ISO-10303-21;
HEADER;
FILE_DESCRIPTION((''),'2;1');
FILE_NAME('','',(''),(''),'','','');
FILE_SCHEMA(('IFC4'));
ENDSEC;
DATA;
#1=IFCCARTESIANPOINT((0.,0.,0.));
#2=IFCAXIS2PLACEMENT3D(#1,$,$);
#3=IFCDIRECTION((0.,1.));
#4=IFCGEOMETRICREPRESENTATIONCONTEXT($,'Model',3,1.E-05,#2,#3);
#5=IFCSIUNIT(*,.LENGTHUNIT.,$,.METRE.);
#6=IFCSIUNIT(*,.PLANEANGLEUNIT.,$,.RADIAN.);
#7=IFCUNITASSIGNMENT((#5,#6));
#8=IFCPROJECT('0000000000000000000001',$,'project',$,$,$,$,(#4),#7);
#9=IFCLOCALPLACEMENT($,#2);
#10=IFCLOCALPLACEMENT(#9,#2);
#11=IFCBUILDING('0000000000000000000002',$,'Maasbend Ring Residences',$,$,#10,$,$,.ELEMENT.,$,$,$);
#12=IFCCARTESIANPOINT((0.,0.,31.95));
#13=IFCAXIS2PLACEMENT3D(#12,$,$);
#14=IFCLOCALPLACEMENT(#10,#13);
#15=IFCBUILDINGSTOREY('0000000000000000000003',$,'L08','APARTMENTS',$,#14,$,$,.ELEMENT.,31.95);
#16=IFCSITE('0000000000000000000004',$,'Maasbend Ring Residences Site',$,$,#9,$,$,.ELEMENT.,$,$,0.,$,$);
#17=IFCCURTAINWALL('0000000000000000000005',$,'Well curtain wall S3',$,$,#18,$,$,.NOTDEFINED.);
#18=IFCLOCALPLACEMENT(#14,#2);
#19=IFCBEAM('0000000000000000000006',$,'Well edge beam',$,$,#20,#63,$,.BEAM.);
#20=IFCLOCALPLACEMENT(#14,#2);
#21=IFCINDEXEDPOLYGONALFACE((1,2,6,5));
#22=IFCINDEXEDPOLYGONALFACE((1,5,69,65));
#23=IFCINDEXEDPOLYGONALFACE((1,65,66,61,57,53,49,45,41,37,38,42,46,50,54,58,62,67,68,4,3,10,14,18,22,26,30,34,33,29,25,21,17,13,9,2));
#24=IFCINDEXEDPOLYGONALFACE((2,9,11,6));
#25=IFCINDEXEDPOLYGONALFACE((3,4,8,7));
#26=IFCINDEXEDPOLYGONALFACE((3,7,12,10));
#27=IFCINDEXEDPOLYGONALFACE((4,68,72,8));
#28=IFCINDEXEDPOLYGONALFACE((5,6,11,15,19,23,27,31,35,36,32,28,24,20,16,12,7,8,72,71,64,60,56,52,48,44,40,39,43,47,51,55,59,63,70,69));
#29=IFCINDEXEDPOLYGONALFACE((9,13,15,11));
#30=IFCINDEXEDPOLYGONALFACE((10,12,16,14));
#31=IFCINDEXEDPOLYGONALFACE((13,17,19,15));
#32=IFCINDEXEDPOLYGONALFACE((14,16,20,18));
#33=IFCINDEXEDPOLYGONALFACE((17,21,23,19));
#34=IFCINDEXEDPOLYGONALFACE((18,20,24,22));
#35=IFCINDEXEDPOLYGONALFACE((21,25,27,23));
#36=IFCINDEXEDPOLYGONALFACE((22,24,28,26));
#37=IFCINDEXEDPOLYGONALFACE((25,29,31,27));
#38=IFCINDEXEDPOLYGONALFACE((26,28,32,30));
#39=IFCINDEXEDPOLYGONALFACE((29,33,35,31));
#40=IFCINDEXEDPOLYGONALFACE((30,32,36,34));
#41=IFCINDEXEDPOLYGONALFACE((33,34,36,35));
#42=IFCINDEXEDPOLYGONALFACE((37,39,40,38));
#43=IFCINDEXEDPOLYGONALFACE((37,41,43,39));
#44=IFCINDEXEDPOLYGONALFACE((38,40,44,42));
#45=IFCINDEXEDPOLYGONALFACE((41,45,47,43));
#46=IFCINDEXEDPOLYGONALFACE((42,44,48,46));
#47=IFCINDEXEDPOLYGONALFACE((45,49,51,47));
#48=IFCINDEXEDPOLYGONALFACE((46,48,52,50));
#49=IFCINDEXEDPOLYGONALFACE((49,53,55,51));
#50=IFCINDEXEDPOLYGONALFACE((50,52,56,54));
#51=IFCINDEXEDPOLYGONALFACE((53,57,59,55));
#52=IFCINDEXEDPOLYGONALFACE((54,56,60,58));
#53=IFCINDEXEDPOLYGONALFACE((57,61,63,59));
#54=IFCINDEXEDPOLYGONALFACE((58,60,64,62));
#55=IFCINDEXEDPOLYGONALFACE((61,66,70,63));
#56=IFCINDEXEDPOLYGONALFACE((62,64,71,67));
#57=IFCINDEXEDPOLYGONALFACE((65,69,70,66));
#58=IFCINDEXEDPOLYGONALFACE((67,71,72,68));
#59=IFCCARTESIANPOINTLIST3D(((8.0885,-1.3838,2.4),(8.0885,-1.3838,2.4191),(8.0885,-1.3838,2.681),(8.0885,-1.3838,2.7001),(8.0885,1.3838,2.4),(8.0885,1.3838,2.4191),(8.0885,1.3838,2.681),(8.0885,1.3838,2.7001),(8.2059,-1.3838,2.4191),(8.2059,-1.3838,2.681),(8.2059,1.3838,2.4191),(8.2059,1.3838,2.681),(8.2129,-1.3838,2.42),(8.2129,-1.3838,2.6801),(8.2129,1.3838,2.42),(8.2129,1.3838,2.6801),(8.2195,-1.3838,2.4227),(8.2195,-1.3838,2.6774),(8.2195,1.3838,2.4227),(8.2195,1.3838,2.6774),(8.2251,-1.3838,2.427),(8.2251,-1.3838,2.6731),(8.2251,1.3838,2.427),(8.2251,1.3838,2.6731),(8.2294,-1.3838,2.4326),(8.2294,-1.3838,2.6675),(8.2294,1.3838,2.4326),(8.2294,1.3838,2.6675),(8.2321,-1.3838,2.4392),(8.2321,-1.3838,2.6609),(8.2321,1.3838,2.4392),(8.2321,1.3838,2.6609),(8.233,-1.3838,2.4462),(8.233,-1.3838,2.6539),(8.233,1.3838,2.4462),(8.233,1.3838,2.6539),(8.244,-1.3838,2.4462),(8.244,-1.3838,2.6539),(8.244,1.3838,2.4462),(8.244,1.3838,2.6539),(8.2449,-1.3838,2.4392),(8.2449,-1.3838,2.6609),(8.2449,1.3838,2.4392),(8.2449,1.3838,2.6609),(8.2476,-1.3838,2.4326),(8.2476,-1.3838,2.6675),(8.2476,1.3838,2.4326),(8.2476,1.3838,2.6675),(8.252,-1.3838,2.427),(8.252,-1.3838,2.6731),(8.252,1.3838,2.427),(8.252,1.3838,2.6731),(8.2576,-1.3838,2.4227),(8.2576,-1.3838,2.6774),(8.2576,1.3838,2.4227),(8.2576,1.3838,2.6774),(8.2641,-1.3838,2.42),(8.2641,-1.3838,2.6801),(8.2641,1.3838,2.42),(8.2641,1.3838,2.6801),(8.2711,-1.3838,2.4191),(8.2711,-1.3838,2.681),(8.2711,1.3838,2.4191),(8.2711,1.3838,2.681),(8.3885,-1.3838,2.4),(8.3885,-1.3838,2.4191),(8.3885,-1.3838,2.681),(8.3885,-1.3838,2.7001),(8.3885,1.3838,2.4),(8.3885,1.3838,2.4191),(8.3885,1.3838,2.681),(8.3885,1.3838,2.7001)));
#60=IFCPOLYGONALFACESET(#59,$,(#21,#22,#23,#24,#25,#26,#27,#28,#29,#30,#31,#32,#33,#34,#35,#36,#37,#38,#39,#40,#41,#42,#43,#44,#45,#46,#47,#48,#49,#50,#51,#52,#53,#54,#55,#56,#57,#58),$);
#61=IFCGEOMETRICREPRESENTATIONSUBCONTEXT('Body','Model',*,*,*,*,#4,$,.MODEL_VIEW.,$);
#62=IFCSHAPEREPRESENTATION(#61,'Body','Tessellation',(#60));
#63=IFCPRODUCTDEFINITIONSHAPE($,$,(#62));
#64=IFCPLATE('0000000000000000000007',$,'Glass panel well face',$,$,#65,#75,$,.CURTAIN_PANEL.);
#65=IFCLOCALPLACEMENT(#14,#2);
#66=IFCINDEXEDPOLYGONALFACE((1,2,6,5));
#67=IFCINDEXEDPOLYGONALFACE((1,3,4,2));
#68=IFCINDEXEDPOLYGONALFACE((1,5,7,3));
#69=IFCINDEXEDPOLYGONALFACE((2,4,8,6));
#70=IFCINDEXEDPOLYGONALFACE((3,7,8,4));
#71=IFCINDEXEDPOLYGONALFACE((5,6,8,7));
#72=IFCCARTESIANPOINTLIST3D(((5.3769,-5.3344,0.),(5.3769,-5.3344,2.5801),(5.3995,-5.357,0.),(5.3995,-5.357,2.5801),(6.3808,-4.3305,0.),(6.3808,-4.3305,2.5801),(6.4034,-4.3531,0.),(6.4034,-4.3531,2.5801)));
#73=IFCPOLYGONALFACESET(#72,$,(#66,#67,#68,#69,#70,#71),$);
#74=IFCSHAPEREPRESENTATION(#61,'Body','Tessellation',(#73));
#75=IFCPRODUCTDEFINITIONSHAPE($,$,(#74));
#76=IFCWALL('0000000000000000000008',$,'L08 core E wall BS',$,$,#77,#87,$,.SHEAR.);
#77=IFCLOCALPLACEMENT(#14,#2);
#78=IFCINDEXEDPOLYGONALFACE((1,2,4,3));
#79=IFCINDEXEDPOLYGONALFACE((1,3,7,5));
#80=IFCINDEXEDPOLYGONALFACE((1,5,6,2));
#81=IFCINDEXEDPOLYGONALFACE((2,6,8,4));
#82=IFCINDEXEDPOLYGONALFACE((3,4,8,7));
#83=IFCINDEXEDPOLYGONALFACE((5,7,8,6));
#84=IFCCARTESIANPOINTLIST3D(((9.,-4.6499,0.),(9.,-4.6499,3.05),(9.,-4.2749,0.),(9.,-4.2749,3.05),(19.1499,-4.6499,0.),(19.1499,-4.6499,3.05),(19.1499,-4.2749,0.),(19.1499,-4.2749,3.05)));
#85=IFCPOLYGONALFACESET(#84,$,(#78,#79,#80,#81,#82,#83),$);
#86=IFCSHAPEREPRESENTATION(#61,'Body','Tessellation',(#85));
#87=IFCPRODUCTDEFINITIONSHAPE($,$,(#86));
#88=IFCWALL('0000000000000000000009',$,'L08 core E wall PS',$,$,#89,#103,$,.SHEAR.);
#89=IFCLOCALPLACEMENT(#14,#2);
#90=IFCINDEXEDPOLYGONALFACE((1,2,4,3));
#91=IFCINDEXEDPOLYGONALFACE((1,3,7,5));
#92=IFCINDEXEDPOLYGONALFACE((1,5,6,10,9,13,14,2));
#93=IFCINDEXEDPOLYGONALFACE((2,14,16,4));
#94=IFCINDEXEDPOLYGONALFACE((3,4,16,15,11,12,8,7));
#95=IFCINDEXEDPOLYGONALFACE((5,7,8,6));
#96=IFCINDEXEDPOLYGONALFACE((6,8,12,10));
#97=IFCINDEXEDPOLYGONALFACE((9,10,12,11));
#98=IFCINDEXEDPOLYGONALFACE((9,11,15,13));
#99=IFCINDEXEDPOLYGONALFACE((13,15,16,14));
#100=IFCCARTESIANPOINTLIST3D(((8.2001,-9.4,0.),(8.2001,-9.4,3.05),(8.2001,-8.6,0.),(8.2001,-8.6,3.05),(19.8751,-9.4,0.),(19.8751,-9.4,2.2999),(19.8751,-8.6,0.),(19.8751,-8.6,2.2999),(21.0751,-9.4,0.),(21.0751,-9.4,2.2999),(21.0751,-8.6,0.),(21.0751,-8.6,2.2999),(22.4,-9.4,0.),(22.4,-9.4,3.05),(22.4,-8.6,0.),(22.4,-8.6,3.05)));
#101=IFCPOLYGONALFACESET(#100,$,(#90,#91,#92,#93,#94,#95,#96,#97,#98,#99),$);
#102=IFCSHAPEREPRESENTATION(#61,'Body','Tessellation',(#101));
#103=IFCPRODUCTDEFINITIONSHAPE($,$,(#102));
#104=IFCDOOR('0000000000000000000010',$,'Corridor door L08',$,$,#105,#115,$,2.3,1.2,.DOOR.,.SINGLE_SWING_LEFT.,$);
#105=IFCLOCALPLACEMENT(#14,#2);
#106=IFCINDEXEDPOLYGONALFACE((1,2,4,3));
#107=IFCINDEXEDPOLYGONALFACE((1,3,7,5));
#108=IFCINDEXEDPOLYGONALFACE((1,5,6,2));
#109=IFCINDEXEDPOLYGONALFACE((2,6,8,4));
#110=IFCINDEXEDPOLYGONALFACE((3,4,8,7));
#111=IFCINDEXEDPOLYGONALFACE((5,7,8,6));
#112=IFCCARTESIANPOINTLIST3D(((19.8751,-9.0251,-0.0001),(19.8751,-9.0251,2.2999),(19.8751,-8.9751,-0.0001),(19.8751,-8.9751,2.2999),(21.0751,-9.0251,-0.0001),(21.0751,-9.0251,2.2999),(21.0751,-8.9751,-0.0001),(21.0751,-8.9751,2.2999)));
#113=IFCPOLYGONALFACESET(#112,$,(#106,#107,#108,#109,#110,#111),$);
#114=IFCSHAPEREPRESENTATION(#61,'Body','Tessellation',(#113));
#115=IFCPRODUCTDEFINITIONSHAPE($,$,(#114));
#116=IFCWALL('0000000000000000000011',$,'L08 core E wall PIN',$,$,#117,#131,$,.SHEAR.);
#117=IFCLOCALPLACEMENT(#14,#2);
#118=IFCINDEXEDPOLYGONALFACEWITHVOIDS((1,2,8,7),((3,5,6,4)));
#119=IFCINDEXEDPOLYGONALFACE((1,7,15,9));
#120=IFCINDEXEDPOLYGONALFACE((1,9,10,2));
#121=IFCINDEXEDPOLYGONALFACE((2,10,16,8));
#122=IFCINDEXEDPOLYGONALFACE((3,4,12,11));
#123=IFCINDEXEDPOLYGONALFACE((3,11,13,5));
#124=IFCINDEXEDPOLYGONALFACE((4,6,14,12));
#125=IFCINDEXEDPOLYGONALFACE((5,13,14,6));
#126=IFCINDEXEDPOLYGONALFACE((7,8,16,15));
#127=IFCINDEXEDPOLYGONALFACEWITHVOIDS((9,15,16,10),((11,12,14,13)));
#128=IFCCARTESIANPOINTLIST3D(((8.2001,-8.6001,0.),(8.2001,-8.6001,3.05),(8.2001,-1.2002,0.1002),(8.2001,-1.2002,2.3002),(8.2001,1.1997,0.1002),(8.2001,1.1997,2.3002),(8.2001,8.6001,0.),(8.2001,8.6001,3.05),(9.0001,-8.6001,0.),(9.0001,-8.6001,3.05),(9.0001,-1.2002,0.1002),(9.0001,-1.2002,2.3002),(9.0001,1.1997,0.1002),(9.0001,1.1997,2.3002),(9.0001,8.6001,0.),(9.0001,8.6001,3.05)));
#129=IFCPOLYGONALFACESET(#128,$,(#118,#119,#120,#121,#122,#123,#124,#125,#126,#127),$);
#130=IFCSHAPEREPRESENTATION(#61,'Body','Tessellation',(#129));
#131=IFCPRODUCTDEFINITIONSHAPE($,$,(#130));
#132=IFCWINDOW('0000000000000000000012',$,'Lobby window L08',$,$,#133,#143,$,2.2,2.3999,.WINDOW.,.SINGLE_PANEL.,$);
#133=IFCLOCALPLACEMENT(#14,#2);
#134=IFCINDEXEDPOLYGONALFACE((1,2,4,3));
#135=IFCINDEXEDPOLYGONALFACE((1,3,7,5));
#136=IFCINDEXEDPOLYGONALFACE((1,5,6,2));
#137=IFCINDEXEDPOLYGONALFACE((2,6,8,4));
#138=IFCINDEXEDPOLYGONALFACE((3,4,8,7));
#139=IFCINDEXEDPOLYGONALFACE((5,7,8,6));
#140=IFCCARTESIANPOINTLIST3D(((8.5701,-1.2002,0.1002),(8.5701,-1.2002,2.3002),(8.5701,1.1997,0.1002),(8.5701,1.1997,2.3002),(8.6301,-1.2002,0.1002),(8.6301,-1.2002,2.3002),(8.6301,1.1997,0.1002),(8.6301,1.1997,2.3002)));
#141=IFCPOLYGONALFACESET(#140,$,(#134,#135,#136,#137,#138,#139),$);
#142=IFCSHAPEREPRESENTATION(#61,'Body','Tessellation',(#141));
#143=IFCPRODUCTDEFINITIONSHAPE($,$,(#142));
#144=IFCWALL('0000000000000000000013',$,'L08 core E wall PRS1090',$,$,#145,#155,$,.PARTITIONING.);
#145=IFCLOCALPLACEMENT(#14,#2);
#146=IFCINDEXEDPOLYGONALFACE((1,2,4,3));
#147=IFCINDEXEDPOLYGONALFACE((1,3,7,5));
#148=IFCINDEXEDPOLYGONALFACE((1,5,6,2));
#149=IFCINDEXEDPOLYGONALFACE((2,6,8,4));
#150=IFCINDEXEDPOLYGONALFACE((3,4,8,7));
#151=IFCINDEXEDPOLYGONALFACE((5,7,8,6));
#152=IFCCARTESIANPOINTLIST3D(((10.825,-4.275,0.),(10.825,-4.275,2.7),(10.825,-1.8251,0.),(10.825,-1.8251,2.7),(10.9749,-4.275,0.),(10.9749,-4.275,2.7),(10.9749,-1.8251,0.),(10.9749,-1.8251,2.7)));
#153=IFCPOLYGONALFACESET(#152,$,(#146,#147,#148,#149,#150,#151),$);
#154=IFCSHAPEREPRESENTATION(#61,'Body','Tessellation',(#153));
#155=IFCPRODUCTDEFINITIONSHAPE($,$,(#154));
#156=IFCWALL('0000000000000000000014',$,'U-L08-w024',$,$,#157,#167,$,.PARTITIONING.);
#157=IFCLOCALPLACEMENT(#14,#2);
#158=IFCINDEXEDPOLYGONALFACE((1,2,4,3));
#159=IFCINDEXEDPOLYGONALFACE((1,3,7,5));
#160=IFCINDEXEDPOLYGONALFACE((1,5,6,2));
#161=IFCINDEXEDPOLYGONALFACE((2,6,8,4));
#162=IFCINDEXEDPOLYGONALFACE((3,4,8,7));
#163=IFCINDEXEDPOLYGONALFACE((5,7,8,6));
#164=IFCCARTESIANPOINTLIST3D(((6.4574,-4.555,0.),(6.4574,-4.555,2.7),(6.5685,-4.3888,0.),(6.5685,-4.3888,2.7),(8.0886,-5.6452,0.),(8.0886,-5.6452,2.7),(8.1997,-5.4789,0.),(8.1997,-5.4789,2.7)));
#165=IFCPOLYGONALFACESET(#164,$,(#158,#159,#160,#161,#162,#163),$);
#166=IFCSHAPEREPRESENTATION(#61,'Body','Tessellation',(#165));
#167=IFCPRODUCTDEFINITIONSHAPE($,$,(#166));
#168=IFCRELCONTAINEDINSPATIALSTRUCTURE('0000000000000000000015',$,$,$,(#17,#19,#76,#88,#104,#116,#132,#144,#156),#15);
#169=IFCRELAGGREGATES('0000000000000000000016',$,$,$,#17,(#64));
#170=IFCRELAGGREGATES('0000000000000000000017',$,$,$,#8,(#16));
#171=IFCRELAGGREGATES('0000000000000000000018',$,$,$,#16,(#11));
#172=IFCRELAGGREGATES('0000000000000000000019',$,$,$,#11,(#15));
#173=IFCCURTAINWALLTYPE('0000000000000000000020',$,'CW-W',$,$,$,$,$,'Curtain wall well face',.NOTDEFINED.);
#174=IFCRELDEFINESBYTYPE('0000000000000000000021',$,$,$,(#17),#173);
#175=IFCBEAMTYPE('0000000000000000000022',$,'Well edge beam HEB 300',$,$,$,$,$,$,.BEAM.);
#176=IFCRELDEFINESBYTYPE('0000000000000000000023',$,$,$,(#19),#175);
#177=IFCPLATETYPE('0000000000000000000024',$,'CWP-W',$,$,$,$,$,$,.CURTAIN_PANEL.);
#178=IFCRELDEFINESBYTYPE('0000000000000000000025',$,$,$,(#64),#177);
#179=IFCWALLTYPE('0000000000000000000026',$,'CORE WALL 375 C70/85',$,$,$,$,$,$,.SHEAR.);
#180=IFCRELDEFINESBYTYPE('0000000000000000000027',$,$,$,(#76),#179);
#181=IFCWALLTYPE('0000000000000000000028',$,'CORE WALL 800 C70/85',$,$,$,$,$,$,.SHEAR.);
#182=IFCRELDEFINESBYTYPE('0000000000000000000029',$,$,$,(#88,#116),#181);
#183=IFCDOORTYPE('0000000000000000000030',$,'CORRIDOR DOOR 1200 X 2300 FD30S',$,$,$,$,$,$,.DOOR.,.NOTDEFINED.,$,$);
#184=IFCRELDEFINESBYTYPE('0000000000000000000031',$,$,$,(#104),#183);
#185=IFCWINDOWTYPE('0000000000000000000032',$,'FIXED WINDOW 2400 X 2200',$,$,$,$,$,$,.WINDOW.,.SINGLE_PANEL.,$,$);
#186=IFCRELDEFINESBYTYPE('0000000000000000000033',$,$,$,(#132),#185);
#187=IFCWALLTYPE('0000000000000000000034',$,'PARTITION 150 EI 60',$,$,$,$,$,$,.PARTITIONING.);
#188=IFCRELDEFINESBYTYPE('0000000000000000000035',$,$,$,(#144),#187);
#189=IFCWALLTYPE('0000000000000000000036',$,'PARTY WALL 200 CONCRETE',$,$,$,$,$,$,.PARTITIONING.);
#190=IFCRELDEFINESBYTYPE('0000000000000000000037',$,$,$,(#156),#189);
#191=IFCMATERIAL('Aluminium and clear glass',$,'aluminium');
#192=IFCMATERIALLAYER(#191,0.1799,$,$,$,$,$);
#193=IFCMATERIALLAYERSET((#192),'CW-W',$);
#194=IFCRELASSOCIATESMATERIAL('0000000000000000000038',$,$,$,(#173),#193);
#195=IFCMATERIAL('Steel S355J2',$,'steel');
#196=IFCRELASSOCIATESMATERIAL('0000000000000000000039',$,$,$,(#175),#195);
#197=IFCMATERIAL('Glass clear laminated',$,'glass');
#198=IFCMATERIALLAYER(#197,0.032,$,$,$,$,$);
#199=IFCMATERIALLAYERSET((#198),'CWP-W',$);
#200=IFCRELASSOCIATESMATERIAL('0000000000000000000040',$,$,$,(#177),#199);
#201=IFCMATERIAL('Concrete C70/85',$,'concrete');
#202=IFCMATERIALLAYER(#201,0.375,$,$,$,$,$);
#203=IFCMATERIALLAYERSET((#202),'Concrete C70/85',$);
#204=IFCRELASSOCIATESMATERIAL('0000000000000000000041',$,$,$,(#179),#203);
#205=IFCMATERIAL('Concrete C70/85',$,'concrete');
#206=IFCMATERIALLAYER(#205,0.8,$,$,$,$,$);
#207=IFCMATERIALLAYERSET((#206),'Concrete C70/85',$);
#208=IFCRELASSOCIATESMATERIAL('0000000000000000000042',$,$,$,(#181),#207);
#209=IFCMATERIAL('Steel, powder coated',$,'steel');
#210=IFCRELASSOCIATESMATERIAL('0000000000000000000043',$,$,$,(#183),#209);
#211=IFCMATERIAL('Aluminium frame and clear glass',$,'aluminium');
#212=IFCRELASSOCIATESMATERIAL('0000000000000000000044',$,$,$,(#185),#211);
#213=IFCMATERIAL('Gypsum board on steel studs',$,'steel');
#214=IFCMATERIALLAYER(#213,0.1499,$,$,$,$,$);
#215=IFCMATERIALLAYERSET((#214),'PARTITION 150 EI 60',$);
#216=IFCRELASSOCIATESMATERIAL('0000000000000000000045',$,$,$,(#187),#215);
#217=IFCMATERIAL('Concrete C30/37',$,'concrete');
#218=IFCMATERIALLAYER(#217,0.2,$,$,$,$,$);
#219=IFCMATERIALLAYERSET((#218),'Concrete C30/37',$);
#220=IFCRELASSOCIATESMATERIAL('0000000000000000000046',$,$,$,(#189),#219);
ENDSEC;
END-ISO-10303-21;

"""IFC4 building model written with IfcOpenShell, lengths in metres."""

from ifc_helpers import new_model, si_unit, direction, frame, frame_2d, origin, origin_2d, place, context, subcontext, project, spatial, rectangle, i_section, extrude, material, layer, layer_set, material_profile, profile_set, type_object, element, fill, aggregate, save


model = new_model("IFC4")

# Units and contexts
model_context = context("Model", 3, precision=1e-05, world=origin(), true_north=direction((0.0, 1.0)))
body_context = subcontext(model_context, "Body", "Model", "MODEL_VIEW")
ifc_project = project(units=[si_unit("LENGTHUNIT", "METRE"), si_unit("PLANEANGLEUNIT", "RADIAN")], contexts=[model_context])

# Site, building, storey
site_placement = place(None, origin())
site = spatial("IfcSite", under=ifc_project, at=site_placement, Name="Maasbend Ring Residences Site", CompositionType="ELEMENT", RefElevation=0.0)
building_placement = place(site_placement, origin())
building = spatial("IfcBuilding", under=site, at=building_placement, Name="Maasbend Ring Residences", CompositionType="ELEMENT")
storey_placement = place(building_placement, frame((0.0, 0.0, 31.95)))
storey = spatial("IfcBuildingStorey", under=building, at=storey_placement, Name="L08", Description="APARTMENTS", CompositionType="ELEMENT", Elevation=31.95)

# Curtain wall
ifc_material_1 = material(Name="Aluminium and clear glass", Category="aluminium")
ifc_layer_1 = layer(ifc_material_1, 0.1799)
ifc_layer_set_1 = layer_set([ifc_layer_1], Name="CW-W")
curtain_wall_type = type_object("IfcCurtainWallType", Name="CW-W", ElementType="Curtain wall well face", PredefinedType="NOTDEFINED", material=ifc_layer_set_1)
curtain_wall_placement = place(storey_placement, origin())
curtain_wall = element("IfcCurtainWall", 1, at=curtain_wall_placement, inside=storey, type_object=curtain_wall_type, Name="Well curtain wall S3", PredefinedType="NOTDEFINED")

# Beam
ifc_material_2 = material(Name="Steel S355J2", Category="steel")
ifc_material_profile_1 = material_profile(ifc_material_2, i_section(OverallWidth=0.3, OverallDepth=0.3, WebThickness=0.011, FlangeThickness=0.019, FilletRadius=0.0271, at=origin_2d()), Name="HEB 300")
ifc_profile_set_1 = profile_set([ifc_material_profile_1], Name="Steel S355J2")
beam_type = type_object("IfcBeamType", Name="Well edge beam HEB 300", PredefinedType="BEAM", material=ifc_profile_set_1)
beam_1_placement = place(storey_placement, frame((8.2385, -1.3838, 2.55), z_axis=(0.0, 1.0, 0.0), x_axis=(-1.0, 0.0, 0.0)))
element("IfcBeam", 2, at=beam_1_placement, inside=storey, type_object=beam_type, Name="Well edge beam", PredefinedType="BEAM", context=body_context, shape_type="SweptSolid", body=[
    extrude(i_section(OverallWidth=0.3, OverallDepth=0.3, WebThickness=0.011, FlangeThickness=0.019, FilletRadius=0.0271, at=origin_2d()), origin(), (0.0, 0.0, 1.0), 2.7676),
])

# Plate
ifc_material_3 = material(Name="Glass clear laminated", Category="glass")
ifc_layer_2 = layer(ifc_material_3, 0.032)
ifc_layer_set_2 = layer_set([ifc_layer_2], Name="CWP-W")
plate_type = type_object("IfcPlateType", Name="CWP-W", PredefinedType="CURTAIN_PANEL", material=ifc_layer_set_2)
plate_placement = place(storey_placement, frame((5.8901, -4.8438, 0.0), z_axis=(0.0, 0.0, 1.0), x_axis=(0.707107, 0.707107, 0.0)))
plate = element("IfcPlate", 3, at=plate_placement, type_object=plate_type, Name="Glass panel well face", PredefinedType="CURTAIN_PANEL", context=body_context, shape_type="SweptSolid", body=[
    extrude(rectangle(XDim=1.4197, YDim=0.032, at=origin_2d()), origin(), (0.0, 0.0, 1.0), 2.5801),
])
aggregate(curtain_wall, [plate])

# Wall
ifc_material_4 = material(Name="Concrete C70/85", Category="concrete")
ifc_layer_3 = layer(ifc_material_4, 0.375)
ifc_layer_set_3 = layer_set([ifc_layer_3], Name="Concrete C70/85")
wall_type_1 = type_object("IfcWallType", Name="CORE WALL 375 C70/85", PredefinedType="SHEAR", material=ifc_layer_set_3)
wall_1_placement = place(storey_placement, frame((9.0, -4.4624, 0.0), z_axis=(0.0, 0.0, 1.0), x_axis=(1.0, 0.0, 0.0)))
element("IfcWall", 4, at=wall_1_placement, inside=storey, type_object=wall_type_1, Name="L08 core E wall BS", PredefinedType="SHEAR", context=body_context, shape_type="SweptSolid", body=[
    extrude(rectangle(XDim=10.1499, YDim=0.375, at=frame_2d((5.075, 0.0))), origin(), (0.0, 0.0, 1.0), 3.05),
])

# Wall, opening, door
ifc_material_5 = material(Name="Concrete C70/85", Category="concrete")
ifc_layer_4 = layer(ifc_material_5, 0.8)
ifc_layer_set_4 = layer_set([ifc_layer_4], Name="Concrete C70/85")
wall_type_2 = type_object("IfcWallType", Name="CORE WALL 800 C70/85", PredefinedType="SHEAR", material=ifc_layer_set_4)
wall_2_placement = place(storey_placement, frame((8.2, -9.0, 0.0), z_axis=(0.0, 0.0, 1.0), x_axis=(1.0, 0.0, 0.0)))
wall_2 = element("IfcWall", 5, at=wall_2_placement, inside=storey, type_object=wall_type_2, Name="L08 core E wall PS", PredefinedType="SHEAR", context=body_context, shape_type="SweptSolid", body=[
    extrude(rectangle(XDim=14.2, YDim=0.8, at=frame_2d((7.1001, 0.0))), origin(), (0.0, 0.0, 1.0), 3.05),
])
opening_1_placement = place(wall_2_placement, frame((11.675, 0.0, 0.0)))
opening_1 = element("IfcOpeningElement", 6, at=opening_1_placement, cuts=wall_2, PredefinedType="OPENING", context=body_context, shape_type="SweptSolid", body=[
    extrude(rectangle(XDim=1.2, YDim=2.3, at=frame_2d((0.6001, 1.1499))), frame((0.0, 0.4102, 0.0), z_axis=(0.0, -1.0, 0.0), x_axis=(1.0, 0.0, 0.0)), (0.0, 0.0, 1.0), 0.8201),
])
ifc_material_6 = material(Name="Steel, powder coated", Category="steel")
door_type = type_object("IfcDoorType", Name="CORRIDOR DOOR 1200 X 2300 FD30S", OperationType="NOTDEFINED", PredefinedType="DOOR", material=ifc_material_6)
door_placement = place(opening_1_placement, origin())
door = element("IfcDoor", 7, at=door_placement, inside=storey, type_object=door_type, Name="Corridor door L08", OperationType="SINGLE_SWING_LEFT", OverallHeight=2.3, OverallWidth=1.2, PredefinedType="DOOR", context=body_context, shape_type="SweptSolid", body=[
    extrude(rectangle(XDim=1.2, YDim=2.3, at=frame_2d((0.6001, 1.1499))), frame((0.0, 0.0249, 0.0), z_axis=(0.0, -1.0, 0.0), x_axis=(1.0, 0.0, 0.0)), (0.0, 0.0, 1.0), 0.05),
])
fill(opening_1, door)

# Wall, opening, window
wall_3_placement = place(storey_placement, frame((8.6001, -8.6001, 0.0), z_axis=(0.0, 0.0, 1.0), x_axis=(0.0, 1.0, 0.0)))
wall_3 = element("IfcWall", 8, at=wall_3_placement, inside=storey, type_object=wall_type_2, Name="L08 core E wall PIN", PredefinedType="SHEAR", context=body_context, shape_type="SweptSolid", body=[
    extrude(rectangle(XDim=17.2002, YDim=0.8, at=frame_2d((8.6001, 0.0))), origin(), (0.0, 0.0, 1.0), 3.05),
])
opening_2_placement = place(wall_3_placement, frame((7.3999, 0.0, 0.1001)))
opening_2 = element("IfcOpeningElement", 9, at=opening_2_placement, cuts=wall_3, PredefinedType="OPENING", context=body_context, shape_type="SweptSolid", body=[
    extrude(rectangle(XDim=2.3999, YDim=2.2, at=frame_2d((1.2, 1.1001))), frame((0.0, 0.4102, 0.0), z_axis=(0.0, -1.0, 0.0), x_axis=(1.0, 0.0, 0.0)), (0.0, 0.0, 1.0), 0.8201),
])
ifc_material_7 = material(Name="Aluminium frame and clear glass", Category="aluminium")
window_type = type_object("IfcWindowType", Name="FIXED WINDOW 2400 X 2200", PartitioningType="SINGLE_PANEL", PredefinedType="WINDOW", material=ifc_material_7)
window_placement = place(opening_2_placement, origin())
window = element("IfcWindow", 10, at=window_placement, inside=storey, type_object=window_type, Name="Lobby window L08", OverallHeight=2.2, OverallWidth=2.3999, PartitioningType="SINGLE_PANEL", PredefinedType="WINDOW", context=body_context, shape_type="SweptSolid", body=[
    extrude(rectangle(XDim=2.3999, YDim=2.2, at=frame_2d((1.2, 1.1001))), frame((0.0, 0.03, 0.0), z_axis=(0.0, -1.0, 0.0), x_axis=(1.0, 0.0, 0.0)), (0.0, 0.0, 1.0), 0.0601),
])
fill(opening_2, window)

# Walls
ifc_material_8 = material(Name="Gypsum board on steel studs", Category="steel")
ifc_layer_5 = layer(ifc_material_8, 0.1499)
ifc_layer_set_5 = layer_set([ifc_layer_5], Name="PARTITION 150 EI 60")
wall_type_3 = type_object("IfcWallType", Name="PARTITION 150 EI 60", PredefinedType="PARTITIONING", material=ifc_layer_set_5)
wall_4_placement = place(storey_placement, frame((10.8999, -1.825, 0.0), z_axis=(0.0, 0.0, 1.0), x_axis=(0.0, -1.0, 0.0)))
element("IfcWall", 11, at=wall_4_placement, inside=storey, type_object=wall_type_3, Name="L08 core E wall PRS1090", PredefinedType="PARTITIONING", context=body_context, shape_type="SweptSolid", body=[
    extrude(rectangle(XDim=2.45, YDim=0.1499, at=frame_2d((1.2251, 0.0))), origin(), (0.0, 0.0, 1.0), 2.7),
])
ifc_material_9 = material(Name="Concrete C30/37", Category="concrete")
ifc_layer_6 = layer(ifc_material_9, 0.2)
ifc_layer_set_6 = layer_set([ifc_layer_6], Name="Concrete C30/37")
wall_type_4 = type_object("IfcWallType", Name="PARTY WALL 200 CONCRETE", PredefinedType="PARTITIONING", material=ifc_layer_set_6)
wall_5_placement = place(storey_placement, frame((6.5129, -4.4719, 0.0), z_axis=(0.0, 0.0, 1.0), x_axis=(0.831418, -0.555648, 0.0)))
element("IfcWall", 12, at=wall_5_placement, inside=storey, type_object=wall_type_4, Name="U-L08-w024", PredefinedType="PARTITIONING", context=body_context, shape_type="SweptSolid", body=[
    extrude(rectangle(XDim=1.9619, YDim=0.2, at=frame_2d((0.981, 0.0))), origin(), (0.0, 0.0, 1.0), 2.7),
])

save(model, "model.ifc")
